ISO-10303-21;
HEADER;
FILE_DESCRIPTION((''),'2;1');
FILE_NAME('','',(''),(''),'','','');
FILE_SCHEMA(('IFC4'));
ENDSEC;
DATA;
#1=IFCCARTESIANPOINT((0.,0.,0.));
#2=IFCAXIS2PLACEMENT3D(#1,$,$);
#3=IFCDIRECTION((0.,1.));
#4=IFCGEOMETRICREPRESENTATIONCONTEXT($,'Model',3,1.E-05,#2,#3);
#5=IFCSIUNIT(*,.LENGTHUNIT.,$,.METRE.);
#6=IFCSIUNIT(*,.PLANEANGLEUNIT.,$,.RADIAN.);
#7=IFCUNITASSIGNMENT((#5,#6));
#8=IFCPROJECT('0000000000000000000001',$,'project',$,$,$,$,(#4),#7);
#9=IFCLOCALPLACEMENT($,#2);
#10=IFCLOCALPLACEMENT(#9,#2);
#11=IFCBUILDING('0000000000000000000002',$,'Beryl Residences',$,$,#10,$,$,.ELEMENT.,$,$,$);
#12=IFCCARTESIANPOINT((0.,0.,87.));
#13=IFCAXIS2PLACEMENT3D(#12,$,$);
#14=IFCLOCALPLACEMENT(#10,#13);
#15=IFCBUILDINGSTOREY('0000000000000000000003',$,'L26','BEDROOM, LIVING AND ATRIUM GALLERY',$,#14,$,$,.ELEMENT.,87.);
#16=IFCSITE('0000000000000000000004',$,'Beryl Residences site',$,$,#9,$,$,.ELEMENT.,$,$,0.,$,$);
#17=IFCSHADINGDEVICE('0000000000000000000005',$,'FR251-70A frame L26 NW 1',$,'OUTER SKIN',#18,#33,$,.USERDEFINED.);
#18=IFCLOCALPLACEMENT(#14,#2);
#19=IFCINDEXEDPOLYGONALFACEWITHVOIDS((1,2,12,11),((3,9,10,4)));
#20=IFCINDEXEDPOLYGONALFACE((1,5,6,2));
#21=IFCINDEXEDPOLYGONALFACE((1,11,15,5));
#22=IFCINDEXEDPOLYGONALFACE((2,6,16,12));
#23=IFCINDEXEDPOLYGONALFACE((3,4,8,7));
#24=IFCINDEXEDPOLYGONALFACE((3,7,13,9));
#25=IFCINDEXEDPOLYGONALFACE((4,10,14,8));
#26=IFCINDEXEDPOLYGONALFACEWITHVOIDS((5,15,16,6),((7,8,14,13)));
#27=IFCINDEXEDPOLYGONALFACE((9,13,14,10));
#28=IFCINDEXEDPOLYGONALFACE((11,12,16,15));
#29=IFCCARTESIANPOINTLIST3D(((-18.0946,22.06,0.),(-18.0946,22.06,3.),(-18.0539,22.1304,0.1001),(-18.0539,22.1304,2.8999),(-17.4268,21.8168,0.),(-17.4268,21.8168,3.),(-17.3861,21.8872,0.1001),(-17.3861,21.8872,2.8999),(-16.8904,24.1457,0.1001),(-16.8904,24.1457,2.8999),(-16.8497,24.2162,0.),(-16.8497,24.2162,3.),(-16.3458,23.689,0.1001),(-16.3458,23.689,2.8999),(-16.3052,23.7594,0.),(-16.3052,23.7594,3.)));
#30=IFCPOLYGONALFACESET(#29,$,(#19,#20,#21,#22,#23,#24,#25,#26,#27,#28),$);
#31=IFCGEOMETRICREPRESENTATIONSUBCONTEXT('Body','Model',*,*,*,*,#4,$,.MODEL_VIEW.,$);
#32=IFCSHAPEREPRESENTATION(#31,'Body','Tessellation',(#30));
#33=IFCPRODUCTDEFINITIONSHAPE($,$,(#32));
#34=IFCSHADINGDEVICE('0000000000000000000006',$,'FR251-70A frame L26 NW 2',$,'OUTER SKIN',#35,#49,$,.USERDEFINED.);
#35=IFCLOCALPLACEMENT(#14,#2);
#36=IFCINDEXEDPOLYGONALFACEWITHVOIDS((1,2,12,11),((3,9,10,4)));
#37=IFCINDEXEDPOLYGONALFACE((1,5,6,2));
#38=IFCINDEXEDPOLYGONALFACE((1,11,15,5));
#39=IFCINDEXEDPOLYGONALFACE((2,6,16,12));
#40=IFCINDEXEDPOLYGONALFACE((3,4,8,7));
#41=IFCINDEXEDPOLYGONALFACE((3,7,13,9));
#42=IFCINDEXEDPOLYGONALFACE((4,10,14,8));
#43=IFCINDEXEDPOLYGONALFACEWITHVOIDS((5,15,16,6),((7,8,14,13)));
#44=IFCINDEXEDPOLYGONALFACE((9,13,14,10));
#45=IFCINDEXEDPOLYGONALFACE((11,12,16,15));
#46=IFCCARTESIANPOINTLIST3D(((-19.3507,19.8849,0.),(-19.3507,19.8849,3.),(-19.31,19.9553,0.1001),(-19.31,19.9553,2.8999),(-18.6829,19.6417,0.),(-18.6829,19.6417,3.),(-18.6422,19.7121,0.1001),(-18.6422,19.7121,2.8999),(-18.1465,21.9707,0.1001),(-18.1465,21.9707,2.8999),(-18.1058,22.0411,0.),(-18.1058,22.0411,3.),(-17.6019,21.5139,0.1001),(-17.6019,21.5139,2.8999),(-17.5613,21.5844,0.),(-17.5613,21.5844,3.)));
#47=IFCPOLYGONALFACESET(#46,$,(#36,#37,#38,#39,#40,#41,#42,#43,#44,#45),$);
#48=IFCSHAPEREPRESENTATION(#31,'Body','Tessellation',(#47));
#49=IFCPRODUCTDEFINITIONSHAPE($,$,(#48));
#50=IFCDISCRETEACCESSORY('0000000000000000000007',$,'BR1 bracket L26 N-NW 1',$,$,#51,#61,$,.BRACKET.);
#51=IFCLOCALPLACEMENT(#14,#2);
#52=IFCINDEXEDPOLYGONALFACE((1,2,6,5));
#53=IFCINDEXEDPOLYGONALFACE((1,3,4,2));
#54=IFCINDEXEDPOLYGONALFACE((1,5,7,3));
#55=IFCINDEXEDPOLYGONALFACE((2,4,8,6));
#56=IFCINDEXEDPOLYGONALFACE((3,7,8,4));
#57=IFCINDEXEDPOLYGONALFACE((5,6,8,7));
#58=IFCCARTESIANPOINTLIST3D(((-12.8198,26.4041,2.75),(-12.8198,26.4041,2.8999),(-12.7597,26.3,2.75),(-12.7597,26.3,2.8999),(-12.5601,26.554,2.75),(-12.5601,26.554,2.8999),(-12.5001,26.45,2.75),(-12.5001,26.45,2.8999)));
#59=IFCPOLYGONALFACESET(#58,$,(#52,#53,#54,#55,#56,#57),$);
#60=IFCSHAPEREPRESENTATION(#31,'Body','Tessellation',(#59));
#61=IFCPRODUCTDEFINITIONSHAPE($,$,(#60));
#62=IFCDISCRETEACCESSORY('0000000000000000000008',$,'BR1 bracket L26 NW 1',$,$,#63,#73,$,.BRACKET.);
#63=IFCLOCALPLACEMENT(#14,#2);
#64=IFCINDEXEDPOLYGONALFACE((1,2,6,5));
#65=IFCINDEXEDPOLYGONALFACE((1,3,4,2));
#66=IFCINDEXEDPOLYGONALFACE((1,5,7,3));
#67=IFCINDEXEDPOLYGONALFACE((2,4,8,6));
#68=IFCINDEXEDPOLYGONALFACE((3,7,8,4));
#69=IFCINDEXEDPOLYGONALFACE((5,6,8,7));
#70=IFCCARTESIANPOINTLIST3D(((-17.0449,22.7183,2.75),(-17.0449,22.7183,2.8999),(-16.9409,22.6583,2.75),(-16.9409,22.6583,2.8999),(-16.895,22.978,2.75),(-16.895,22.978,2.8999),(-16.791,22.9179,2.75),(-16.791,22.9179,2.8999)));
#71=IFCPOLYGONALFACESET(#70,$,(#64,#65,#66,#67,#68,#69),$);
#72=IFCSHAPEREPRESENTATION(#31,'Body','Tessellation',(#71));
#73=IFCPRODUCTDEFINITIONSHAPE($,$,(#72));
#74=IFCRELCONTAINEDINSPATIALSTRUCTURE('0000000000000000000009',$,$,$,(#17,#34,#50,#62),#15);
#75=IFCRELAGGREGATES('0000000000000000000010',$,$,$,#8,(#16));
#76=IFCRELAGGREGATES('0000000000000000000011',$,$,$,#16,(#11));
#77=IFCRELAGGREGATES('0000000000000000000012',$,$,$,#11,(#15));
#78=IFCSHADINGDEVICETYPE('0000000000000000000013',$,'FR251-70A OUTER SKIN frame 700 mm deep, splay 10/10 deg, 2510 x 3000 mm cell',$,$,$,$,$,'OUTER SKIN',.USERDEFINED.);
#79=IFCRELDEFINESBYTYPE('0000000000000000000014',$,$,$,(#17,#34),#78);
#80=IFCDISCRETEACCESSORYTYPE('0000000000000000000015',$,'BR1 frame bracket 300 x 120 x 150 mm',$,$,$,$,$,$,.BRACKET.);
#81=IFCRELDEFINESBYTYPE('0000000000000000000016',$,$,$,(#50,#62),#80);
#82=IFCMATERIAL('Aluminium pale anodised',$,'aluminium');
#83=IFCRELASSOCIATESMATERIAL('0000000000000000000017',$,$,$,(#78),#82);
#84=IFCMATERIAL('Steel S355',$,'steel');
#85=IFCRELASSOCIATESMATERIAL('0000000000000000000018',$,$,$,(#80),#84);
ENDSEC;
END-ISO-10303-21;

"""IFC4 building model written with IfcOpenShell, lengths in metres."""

from ifc_helpers import new_model, entity, si_unit, direction, frame, origin, place, context, subcontext, project, spatial, polyline, outline, extrude, source, transform, mapped, material, type_object, type_shapes, element, save


model = new_model("IFC4")

# Units and contexts
model_context = context("Model", 3, precision=1e-05, world=origin(), true_north=direction((0.0, 1.0)))
body_context = subcontext(model_context, "Body", "Model", "MODEL_VIEW")
ifc_project = project(units=[si_unit("LENGTHUNIT", "METRE"), si_unit("PLANEANGLEUNIT", "RADIAN")], contexts=[model_context])

# Site, building, storey
site_placement = place(None, origin())
site = spatial("IfcSite", under=ifc_project, at=site_placement, Name="Beryl Residences site", CompositionType="ELEMENT", RefElevation=0.0)
building_placement = place(site_placement, origin())
building = spatial("IfcBuilding", under=site, at=building_placement, Name="Beryl Residences", CompositionType="ELEMENT")
storey_placement = place(building_placement, frame((0.0, 0.0, 87.0)))
storey = spatial("IfcBuildingStorey", under=building, at=storey_placement, Name="L26", Description="BEDROOM, LIVING AND ATRIUM GALLERY", CompositionType="ELEMENT", Elevation=87.0)

# Shading devices
ifc_material_1 = material(Name="Aluminium pale anodised", Category="aluminium")
shading_device_type_1 = type_object("IfcShadingDeviceType", Name="FR251-70A OUTER SKIN frame 700 mm deep, splay 10/10 deg, 2510 x 3000 mm cell", ElementType="OUTER SKIN", PredefinedType="USERDEFINED", material=ifc_material_1)
cartesian_point_1 = entity("IfcCartesianPoint", [-1.1216, 0.0])
cartesian_point_2 = entity("IfcCartesianPoint", [-1.0403, 0.1001])
cartesian_point_3 = entity("IfcCartesianPoint", [-1.2449, 0.0])
cartesian_point_4 = entity("IfcCartesianPoint", [-1.1636, 0.1001])
shared_shape_1 = source(origin(), body_context, "Body", "SweptSolid", [
    entity("IfcExtrudedAreaSolidTapered", entity("IfcArbitraryProfileDefWithVoids", "AREA", None, entity("IfcPolyline", [cartesian_point_1, entity("IfcCartesianPoint", [1.1216, 0.0]), entity("IfcCartesianPoint", [1.1216, 3.0]), entity("IfcCartesianPoint", [-1.1216, 3.0]), cartesian_point_1]), [entity("IfcPolyline", [cartesian_point_2, entity("IfcCartesianPoint", [1.0403, 0.1001]), entity("IfcCartesianPoint", [1.0403, 2.8999]), entity("IfcCartesianPoint", [-1.0403, 2.8999]), cartesian_point_2])]), entity("IfcAxis2Placement3D", entity("IfcCartesianPoint", [0.0, 0.0, 0.0]), entity("IfcDirection", [0.0, 1.0, 0.0]), entity("IfcDirection", [-1.0, 0.0, 0.0])), entity("IfcDirection", [0.0, 0.0, 1.0]), 0.7, entity("IfcArbitraryProfileDefWithVoids", "AREA", None, entity("IfcPolyline", [cartesian_point_3, entity("IfcCartesianPoint", [1.2449, 0.0]), entity("IfcCartesianPoint", [1.2449, 3.0]), entity("IfcCartesianPoint", [-1.2449, 3.0]), cartesian_point_3]), [entity("IfcPolyline", [cartesian_point_4, entity("IfcCartesianPoint", [1.1636, 0.1001]), entity("IfcCartesianPoint", [1.1636, 2.8999]), entity("IfcCartesianPoint", [-1.1636, 2.8999]), cartesian_point_4])])),
])
type_shapes(shading_device_type_1, [shared_shape_1])
for number, where, z_axis, x_axis, name in (
    (1, (-16.866, 22.7881, 0.0), (0.0, 0.0, 1.0), (0.5, 0.866025, 0.0), "FR251-70A frame L26 NW 1"),
    (2, (-18.1221, 20.613, 0.0), (0.0, 0.0, 1.0), (0.5, 0.866025, 0.0), "FR251-70A frame L26 NW 2"),
):
    element("IfcShadingDevice", number, at=place(storey_placement, frame(where, z_axis=z_axis, x_axis=x_axis)), inside=storey, type_object=shading_device_type_1, Name=name, ObjectType="OUTER SKIN", PredefinedType="USERDEFINED", context=body_context, shape_type="MappedRepresentation", body=[
        mapped(shared_shape_1, transform((0.0, 0.0, 0.0))),
    ])

# Discrete accessories
ifc_material_2 = material(Name="Steel S355", Category="steel")
discrete_accessory_type = type_object("IfcDiscreteAccessoryType", Name="BR1 frame bracket 300 x 120 x 150 mm", PredefinedType="BRACKET", material=ifc_material_2)
shared_shape_2 = source(origin(), body_context, "Body", "SweptSolid", [
    extrude(outline(polyline([(-0.1499, 0.0), (0.1499, 0.0), (0.1499, 0.1201), (-0.1499, 0.1201), (-0.1499, 0.0)])), origin(), (0.0, 0.0, 1.0), 0.1499),
])
type_shapes(discrete_accessory_type, [shared_shape_2])
for number, where, z_axis, x_axis, name in (
    (3, (-12.6299, 26.375, 2.75), (0.0, 0.0, 1.0), (0.866025, 0.5, 0.0), "BR1 bracket L26 N-NW 1"),
    (4, (-16.866, 22.7881, 2.75), (0.0, 0.0, 1.0), (0.5, 0.866025, 0.0), "BR1 bracket L26 NW 1"),
):
    element("IfcDiscreteAccessory", number, at=place(storey_placement, frame(where, z_axis=z_axis, x_axis=x_axis)), inside=storey, type_object=discrete_accessory_type, Name=name, PredefinedType="BRACKET", context=body_context, shape_type="MappedRepresentation", body=[
        mapped(shared_shape_2, transform((0.0, 0.0, 0.0))),
    ])

save(model, "model.ifc")
